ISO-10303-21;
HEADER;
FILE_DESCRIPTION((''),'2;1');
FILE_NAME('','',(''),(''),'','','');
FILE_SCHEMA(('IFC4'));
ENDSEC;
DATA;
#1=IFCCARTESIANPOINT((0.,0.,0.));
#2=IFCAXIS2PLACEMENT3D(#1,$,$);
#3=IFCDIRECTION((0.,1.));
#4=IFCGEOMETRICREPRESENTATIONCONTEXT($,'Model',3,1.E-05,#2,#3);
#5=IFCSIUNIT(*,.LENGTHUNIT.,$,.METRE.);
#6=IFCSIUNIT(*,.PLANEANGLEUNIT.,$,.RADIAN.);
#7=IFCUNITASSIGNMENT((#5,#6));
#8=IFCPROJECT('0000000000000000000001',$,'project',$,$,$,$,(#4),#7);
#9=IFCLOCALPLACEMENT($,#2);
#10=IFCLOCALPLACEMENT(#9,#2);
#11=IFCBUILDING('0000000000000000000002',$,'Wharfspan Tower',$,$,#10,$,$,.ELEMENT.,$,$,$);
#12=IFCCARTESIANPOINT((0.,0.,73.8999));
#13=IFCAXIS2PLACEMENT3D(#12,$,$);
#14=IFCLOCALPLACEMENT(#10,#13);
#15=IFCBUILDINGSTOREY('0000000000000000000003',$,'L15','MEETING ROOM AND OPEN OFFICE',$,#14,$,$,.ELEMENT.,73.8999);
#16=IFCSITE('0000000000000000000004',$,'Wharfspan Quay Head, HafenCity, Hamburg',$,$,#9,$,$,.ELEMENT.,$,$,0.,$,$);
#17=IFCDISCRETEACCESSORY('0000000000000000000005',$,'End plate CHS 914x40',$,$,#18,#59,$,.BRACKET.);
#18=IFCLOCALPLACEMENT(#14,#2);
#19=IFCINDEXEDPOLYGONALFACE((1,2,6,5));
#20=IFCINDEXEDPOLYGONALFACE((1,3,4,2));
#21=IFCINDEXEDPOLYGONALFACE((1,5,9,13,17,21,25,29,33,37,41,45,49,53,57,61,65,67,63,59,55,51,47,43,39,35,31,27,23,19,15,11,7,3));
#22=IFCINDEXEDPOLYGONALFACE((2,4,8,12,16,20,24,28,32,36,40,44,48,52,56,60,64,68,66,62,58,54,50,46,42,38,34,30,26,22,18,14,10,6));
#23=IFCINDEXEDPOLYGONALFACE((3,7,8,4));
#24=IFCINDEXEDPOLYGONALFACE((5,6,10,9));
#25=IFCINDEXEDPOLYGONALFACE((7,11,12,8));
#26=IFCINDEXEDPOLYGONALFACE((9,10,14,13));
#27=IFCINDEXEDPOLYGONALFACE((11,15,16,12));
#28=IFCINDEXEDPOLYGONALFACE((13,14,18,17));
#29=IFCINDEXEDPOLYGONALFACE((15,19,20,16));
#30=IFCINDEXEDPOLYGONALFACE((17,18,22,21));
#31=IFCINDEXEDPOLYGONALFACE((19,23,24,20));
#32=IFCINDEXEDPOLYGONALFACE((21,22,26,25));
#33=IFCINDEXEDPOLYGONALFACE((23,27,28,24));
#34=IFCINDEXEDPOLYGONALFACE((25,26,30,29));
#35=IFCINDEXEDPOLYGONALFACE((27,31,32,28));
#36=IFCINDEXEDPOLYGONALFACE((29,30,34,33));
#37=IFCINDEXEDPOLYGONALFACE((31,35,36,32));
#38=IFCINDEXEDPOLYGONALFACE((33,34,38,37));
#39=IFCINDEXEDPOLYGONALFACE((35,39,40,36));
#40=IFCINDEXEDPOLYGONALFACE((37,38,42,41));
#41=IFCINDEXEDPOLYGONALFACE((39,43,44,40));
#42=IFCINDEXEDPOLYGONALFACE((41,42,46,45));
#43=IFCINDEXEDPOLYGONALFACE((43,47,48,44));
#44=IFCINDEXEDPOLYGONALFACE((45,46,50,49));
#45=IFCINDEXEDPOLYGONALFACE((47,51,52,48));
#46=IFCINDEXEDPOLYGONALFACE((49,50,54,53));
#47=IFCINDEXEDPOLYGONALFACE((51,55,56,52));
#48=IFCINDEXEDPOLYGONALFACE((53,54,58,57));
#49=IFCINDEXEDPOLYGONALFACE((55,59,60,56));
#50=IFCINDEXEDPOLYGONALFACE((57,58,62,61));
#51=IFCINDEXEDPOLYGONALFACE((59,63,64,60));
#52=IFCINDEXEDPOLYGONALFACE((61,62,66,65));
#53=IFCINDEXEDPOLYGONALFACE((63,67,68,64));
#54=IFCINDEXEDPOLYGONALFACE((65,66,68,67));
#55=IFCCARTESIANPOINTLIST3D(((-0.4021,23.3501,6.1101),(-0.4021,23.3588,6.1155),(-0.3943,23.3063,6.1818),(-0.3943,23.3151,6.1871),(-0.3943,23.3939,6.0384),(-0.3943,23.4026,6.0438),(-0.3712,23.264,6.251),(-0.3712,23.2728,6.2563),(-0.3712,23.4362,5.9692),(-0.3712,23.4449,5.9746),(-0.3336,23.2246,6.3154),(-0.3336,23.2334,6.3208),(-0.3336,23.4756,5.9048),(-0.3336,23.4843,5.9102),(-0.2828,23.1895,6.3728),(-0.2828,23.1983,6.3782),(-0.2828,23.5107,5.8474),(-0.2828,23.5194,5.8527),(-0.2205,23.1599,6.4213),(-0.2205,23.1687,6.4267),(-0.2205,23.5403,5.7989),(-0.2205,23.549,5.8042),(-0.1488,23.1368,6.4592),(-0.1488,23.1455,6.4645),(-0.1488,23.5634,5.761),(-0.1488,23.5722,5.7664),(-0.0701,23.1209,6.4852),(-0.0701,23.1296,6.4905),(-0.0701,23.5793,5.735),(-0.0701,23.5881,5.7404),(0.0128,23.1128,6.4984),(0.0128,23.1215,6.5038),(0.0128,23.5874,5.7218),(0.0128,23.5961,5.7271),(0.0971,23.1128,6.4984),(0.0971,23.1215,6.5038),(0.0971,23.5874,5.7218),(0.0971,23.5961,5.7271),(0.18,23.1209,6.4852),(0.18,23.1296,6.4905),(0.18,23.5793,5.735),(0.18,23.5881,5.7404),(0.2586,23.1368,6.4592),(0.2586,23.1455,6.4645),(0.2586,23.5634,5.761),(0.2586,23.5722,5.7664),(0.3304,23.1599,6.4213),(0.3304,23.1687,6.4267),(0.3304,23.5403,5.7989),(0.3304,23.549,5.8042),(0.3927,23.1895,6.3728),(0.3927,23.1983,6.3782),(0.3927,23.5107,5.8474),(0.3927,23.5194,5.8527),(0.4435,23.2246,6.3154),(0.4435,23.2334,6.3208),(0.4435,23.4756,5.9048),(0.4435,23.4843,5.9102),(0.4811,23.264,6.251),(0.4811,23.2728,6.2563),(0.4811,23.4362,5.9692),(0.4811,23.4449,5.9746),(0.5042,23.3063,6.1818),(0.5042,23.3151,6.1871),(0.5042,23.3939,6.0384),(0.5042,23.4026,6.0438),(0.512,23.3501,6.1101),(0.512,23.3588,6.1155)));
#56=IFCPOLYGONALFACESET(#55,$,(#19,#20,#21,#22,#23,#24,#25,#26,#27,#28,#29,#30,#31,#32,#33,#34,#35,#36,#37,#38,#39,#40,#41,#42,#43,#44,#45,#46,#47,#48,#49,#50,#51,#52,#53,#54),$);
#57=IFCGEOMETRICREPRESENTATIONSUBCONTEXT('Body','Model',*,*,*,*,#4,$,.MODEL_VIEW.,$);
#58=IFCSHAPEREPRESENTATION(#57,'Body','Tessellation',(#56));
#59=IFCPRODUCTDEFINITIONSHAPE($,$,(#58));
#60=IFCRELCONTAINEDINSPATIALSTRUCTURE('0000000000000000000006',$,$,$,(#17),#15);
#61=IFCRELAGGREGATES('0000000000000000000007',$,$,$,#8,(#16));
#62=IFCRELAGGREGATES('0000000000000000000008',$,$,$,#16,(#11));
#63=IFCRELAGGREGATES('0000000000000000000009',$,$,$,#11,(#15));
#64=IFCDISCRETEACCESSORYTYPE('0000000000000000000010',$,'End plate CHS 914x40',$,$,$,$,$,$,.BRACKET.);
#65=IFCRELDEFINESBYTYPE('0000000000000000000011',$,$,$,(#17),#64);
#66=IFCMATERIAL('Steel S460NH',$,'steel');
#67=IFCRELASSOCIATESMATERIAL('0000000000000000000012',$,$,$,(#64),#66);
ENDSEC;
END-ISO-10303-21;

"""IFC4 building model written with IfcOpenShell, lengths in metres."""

from ifc_helpers import new_model, si_unit, direction, frame, origin, origin_2d, place, context, subcontext, project, spatial, circle, extrude, material, material_profile, profile_set, type_object, element, save


model = new_model("IFC4")

# Units and contexts
model_context = context("Model", 3, precision=1e-05, world=origin(), true_north=direction((0.0, 1.0)))
body_context = subcontext(model_context, "Body", "Model", "MODEL_VIEW")
ifc_project = project(units=[si_unit("LENGTHUNIT", "METRE"), si_unit("PLANEANGLEUNIT", "RADIAN")], contexts=[model_context])

# Site, building, storey
site_placement = place(None, origin())
site = spatial("IfcSite", under=ifc_project, at=site_placement, Name="Wharfspan Quay Head, HafenCity, Hamburg", CompositionType="ELEMENT", RefElevation=0.0)
building_placement = place(site_placement, origin())
building = spatial("IfcBuilding", under=site, at=building_placement, Name="Wharfspan Tower", CompositionType="ELEMENT")
storey_placement = place(building_placement, frame((0.0, 0.0, 73.8999)))
storey = spatial("IfcBuildingStorey", under=building, at=storey_placement, Name="L15", Description="MEETING ROOM AND OPEN OFFICE", CompositionType="ELEMENT", Elevation=73.8999)

# Shared definitions
ifc_material_1 = material(Name="Steel S460NH", Category="steel")

# Discrete accessory
ifc_material_profile_1 = material_profile(ifc_material_1, circle(Radius=0.457, at=origin_2d()))
ifc_profile_set_1 = profile_set([ifc_material_profile_1], Name="Steel S460NH")
discrete_accessory_type = type_object("IfcDiscreteAccessoryType", Name="End plate CHS 914x40", PredefinedType="BRACKET", material=ifc_profile_set_1)
for number, where, z_axis, x_axis, name in (
    (1, (0.0549, 23.3501, 6.1101), (0.0, 0.853282, 0.52145), (-1.0, 0.0, 0.0), "End plate CHS 914x40"),
):
    element("IfcDiscreteAccessory", number, at=place(storey_placement, frame(where, z_axis=z_axis, x_axis=x_axis)), inside=storey, type_object=discrete_accessory_type, Name=name, PredefinedType="BRACKET", context=body_context, shape_type="SweptSolid", body=[
        extrude(circle(Radius=0.457, at=origin_2d()), origin(), (0.0, 0.0, 1.0), 0.0103),
    ])

save(model, "model.ifc")
